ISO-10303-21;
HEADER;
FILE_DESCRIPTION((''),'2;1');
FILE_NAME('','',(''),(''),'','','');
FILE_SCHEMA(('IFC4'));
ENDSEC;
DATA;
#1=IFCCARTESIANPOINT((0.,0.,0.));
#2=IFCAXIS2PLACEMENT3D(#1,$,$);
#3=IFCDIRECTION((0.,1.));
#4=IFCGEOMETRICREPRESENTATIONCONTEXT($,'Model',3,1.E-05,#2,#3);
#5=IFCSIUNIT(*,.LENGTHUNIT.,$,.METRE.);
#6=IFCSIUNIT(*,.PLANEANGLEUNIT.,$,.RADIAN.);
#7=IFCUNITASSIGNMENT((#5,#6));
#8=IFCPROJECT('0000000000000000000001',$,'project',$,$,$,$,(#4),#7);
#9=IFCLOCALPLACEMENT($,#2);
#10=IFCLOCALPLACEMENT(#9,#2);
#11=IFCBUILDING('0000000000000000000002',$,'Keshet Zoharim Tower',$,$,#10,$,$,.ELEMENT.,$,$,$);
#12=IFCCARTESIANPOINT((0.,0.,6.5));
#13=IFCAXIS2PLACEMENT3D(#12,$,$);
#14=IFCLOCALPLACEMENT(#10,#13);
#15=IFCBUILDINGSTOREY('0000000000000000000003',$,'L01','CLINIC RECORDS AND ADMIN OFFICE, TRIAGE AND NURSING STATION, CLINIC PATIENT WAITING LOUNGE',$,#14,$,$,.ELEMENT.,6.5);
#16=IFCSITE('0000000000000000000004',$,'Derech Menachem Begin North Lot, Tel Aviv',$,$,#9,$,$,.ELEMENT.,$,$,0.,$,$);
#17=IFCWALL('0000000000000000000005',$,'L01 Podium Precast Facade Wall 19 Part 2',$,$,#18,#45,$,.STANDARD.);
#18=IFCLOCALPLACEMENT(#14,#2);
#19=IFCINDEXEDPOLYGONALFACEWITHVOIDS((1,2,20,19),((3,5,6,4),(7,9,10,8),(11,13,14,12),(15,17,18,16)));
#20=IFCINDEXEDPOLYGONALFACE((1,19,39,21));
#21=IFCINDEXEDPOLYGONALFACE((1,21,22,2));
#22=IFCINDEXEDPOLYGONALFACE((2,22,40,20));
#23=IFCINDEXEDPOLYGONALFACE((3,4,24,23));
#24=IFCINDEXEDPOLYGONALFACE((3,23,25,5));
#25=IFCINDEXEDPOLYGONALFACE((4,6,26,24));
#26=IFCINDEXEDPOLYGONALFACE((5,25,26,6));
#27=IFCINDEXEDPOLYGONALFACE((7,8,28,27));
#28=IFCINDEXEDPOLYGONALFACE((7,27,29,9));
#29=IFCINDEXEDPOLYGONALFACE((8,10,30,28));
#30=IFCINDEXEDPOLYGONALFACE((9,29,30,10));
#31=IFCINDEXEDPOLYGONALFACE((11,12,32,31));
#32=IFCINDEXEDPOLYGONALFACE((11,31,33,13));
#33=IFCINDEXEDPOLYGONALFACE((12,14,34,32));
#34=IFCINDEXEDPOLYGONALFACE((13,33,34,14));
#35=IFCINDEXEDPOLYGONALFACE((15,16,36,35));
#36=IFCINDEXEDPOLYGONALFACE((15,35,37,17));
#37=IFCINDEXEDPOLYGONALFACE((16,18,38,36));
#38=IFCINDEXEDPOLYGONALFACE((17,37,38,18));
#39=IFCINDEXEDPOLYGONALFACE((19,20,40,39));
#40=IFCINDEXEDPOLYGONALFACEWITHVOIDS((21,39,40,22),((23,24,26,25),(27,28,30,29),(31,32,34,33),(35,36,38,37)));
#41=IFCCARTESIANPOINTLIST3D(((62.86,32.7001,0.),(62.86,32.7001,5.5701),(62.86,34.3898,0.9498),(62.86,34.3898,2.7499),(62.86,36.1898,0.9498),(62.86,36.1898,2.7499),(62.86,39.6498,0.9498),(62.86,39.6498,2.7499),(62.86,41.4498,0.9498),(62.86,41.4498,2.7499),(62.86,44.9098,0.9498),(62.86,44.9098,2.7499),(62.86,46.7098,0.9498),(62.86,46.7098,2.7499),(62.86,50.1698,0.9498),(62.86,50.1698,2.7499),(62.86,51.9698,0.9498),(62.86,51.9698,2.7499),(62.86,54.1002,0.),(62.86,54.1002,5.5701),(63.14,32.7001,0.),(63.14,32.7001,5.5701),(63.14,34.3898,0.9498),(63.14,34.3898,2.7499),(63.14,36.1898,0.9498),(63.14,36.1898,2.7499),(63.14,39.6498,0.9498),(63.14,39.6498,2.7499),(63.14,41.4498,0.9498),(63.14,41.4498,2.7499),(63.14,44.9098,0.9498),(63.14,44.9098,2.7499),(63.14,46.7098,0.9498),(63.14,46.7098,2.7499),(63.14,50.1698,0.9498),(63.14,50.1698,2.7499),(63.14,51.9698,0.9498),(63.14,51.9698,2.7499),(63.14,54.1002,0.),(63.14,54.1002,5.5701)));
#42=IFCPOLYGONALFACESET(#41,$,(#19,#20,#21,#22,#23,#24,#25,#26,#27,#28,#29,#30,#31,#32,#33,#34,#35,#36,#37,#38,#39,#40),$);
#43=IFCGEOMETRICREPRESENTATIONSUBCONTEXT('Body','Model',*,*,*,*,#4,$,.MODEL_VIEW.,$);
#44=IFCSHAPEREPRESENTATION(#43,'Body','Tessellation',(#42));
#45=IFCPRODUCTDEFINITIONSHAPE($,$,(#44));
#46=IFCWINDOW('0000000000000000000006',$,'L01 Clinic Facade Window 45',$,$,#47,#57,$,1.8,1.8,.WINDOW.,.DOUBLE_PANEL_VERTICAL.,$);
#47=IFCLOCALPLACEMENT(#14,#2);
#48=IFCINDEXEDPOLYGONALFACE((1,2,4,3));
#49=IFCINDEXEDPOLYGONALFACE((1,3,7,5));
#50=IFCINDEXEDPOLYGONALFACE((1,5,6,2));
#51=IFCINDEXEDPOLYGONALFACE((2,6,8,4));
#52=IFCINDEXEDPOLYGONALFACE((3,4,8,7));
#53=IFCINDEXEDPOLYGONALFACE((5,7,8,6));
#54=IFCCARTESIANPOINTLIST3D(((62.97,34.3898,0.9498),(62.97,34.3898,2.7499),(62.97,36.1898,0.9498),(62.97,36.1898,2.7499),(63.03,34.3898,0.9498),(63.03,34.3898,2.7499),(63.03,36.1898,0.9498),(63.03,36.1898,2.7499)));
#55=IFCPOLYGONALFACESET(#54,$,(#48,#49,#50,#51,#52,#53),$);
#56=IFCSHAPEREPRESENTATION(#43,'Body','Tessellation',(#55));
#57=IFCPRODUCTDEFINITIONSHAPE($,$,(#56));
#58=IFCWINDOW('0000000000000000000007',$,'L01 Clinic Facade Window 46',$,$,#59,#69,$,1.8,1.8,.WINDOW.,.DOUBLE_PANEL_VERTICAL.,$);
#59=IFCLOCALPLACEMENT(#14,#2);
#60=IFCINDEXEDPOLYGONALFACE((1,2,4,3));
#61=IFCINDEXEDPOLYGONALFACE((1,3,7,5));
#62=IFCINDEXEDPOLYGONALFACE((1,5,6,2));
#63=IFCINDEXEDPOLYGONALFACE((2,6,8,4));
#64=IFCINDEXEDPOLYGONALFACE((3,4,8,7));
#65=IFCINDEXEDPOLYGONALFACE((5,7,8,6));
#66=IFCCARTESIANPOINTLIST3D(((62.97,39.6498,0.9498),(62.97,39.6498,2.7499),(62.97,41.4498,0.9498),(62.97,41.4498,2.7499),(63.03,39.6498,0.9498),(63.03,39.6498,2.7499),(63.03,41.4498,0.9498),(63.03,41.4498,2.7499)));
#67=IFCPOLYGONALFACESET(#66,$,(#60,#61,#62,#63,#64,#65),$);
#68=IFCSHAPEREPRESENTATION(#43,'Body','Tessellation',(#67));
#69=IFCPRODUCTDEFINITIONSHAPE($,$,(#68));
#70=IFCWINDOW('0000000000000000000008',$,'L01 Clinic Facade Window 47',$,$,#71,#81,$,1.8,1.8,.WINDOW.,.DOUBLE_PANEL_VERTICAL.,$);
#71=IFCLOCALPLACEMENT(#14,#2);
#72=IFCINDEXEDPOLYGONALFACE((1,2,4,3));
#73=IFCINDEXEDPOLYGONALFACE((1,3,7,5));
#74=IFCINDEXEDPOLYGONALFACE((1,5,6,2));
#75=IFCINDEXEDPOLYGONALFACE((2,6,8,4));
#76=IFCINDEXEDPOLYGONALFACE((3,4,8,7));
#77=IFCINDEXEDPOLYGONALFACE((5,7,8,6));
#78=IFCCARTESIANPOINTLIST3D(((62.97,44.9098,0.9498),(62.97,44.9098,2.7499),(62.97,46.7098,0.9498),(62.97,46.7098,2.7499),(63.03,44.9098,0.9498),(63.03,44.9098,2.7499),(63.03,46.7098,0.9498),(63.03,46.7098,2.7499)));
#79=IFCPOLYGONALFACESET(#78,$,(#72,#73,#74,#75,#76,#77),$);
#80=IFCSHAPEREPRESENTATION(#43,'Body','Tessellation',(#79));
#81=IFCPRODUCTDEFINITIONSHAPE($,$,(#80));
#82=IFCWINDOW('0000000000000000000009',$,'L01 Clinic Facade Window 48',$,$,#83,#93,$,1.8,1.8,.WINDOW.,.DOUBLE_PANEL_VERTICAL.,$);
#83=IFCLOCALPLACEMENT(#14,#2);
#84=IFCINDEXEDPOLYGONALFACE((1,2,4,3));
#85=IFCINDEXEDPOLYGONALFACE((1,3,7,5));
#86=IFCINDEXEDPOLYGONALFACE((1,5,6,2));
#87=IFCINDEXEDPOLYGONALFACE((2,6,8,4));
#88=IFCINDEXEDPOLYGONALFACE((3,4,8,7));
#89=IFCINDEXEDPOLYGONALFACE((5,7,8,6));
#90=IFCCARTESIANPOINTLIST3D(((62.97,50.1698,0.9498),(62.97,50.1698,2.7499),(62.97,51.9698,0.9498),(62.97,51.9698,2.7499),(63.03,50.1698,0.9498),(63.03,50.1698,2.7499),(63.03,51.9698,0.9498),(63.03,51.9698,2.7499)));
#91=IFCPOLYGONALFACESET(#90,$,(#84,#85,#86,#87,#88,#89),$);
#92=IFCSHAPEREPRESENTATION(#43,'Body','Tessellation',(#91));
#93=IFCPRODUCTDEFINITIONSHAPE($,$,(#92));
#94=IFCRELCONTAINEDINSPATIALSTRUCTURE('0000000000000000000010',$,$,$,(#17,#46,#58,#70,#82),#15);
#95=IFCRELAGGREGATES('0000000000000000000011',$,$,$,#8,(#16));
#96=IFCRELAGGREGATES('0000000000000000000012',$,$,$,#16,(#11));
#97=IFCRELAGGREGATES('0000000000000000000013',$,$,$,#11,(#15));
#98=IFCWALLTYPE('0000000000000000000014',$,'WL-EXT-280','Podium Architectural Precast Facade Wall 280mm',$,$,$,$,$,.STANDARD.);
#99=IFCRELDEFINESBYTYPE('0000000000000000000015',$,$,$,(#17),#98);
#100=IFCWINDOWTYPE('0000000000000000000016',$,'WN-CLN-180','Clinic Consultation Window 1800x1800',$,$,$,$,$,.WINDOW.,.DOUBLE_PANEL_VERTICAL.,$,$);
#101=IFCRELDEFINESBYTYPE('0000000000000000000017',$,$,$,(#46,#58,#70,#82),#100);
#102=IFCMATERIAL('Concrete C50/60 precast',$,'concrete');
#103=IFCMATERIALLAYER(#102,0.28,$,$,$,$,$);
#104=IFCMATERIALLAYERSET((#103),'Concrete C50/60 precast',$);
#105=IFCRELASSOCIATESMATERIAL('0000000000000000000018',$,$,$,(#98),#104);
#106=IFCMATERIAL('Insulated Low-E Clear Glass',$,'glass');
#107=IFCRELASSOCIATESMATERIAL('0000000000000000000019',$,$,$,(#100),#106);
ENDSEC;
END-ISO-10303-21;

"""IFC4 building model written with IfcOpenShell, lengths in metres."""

from ifc_helpers import new_model, si_unit, direction, frame, frame_2d, origin, place, context, subcontext, project, spatial, rectangle, extrude, material, layer, layer_set, type_object, element, fill, save


model = new_model("IFC4")

# Units and contexts
model_context = context("Model", 3, precision=1e-05, world=origin(), true_north=direction((0.0, 1.0)))
body_context = subcontext(model_context, "Body", "Model", "MODEL_VIEW")
ifc_project = project(units=[si_unit("LENGTHUNIT", "METRE"), si_unit("PLANEANGLEUNIT", "RADIAN")], contexts=[model_context])

# Site, building, storey
site_placement = place(None, origin())
site = spatial("IfcSite", under=ifc_project, at=site_placement, Name="Derech Menachem Begin North Lot, Tel Aviv", CompositionType="ELEMENT", RefElevation=0.0)
building_placement = place(site_placement, origin())
building = spatial("IfcBuilding", under=site, at=building_placement, Name="Keshet Zoharim Tower", CompositionType="ELEMENT")
storey_placement = place(building_placement, frame((0.0, 0.0, 6.5)))
storey = spatial("IfcBuildingStorey", under=building, at=storey_placement, Name="L01", Description="CLINIC RECORDS AND ADMIN OFFICE, TRIAGE AND NURSING STATION, CLINIC PATIENT WAITING LOUNGE", CompositionType="ELEMENT", Elevation=6.5)

# Wall, openings, windows
ifc_material_1 = material(Name="Concrete C50/60 precast", Category="concrete")
ifc_layer = layer(ifc_material_1, 0.28)
ifc_layer_set = layer_set([ifc_layer], Name="Concrete C50/60 precast")
wall_type = type_object("IfcWallType", Name="WL-EXT-280", Description="Podium Architectural Precast Facade Wall 280mm", PredefinedType="STANDARD", material=ifc_layer_set)
wall_placement = place(storey_placement, frame((63.0, 32.7, 0.0), z_axis=(0.0, 0.0, 1.0), x_axis=(0.0, 1.0, 0.0)))
wall = element("IfcWall", 1, at=wall_placement, inside=storey, type_object=wall_type, Name="L01 Podium Precast Facade Wall 19 Part 2", PredefinedType="STANDARD", context=body_context, shape_type="SweptSolid", body=[
    extrude(rectangle(XDim=21.4001, YDim=0.28, at=frame_2d((10.7002, 0.0))), origin(), (0.0, 0.0, 1.0), 5.5701),
])
opening_1_placement = place(wall_placement, frame((1.6899, 0.0, 0.95)))
opening_1 = element("IfcOpeningElement", 2, at=opening_1_placement, cuts=wall, PredefinedType="OPENING", context=body_context, shape_type="SweptSolid", body=[
    extrude(rectangle(XDim=1.8, YDim=1.8, at=frame_2d((0.8999, 0.8999))), frame((0.0, 0.1499, 0.0), z_axis=(0.0, -1.0, 0.0), x_axis=(1.0, 0.0, 0.0)), (0.0, 0.0, 1.0), 0.3),
])
opening_2_placement = place(wall_placement, frame((6.95, 0.0, 0.95)))
opening_2 = element("IfcOpeningElement", 3, at=opening_2_placement, cuts=wall, PredefinedType="OPENING", context=body_context, shape_type="SweptSolid", body=[
    extrude(rectangle(XDim=1.8, YDim=1.8, at=frame_2d((0.8999, 0.8999))), frame((0.0, 0.1499, 0.0), z_axis=(0.0, -1.0, 0.0), x_axis=(1.0, 0.0, 0.0)), (0.0, 0.0, 1.0), 0.3),
])
opening_3_placement = place(wall_placement, frame((12.21, 0.0, 0.95)))
opening_3 = element("IfcOpeningElement", 4, at=opening_3_placement, cuts=wall, PredefinedType="OPENING", context=body_context, shape_type="SweptSolid", body=[
    extrude(rectangle(XDim=1.8, YDim=1.8, at=frame_2d((0.8999, 0.8999))), frame((0.0, 0.1499, 0.0), z_axis=(0.0, -1.0, 0.0), x_axis=(1.0, 0.0, 0.0)), (0.0, 0.0, 1.0), 0.3),
])
opening_4_placement = place(wall_placement, frame((17.47, 0.0, 0.95)))
opening_4 = element("IfcOpeningElement", 5, at=opening_4_placement, cuts=wall, PredefinedType="OPENING", context=body_context, shape_type="SweptSolid", body=[
    extrude(rectangle(XDim=1.8, YDim=1.8, at=frame_2d((0.8999, 0.8999))), frame((0.0, 0.1499, 0.0), z_axis=(0.0, -1.0, 0.0), x_axis=(1.0, 0.0, 0.0)), (0.0, 0.0, 1.0), 0.3),
])
ifc_material_2 = material(Name="Insulated Low-E Clear Glass", Category="glass")
window_type = type_object("IfcWindowType", Name="WN-CLN-180", Description="Clinic Consultation Window 1800x1800", PartitioningType="DOUBLE_PANEL_VERTICAL", PredefinedType="WINDOW", material=ifc_material_2)
window_1_placement = place(opening_1_placement, origin())
window_1 = element("IfcWindow", 6, at=window_1_placement, inside=storey, type_object=window_type, Name="L01 Clinic Facade Window 45", OverallHeight=1.8, OverallWidth=1.8, PartitioningType="DOUBLE_PANEL_VERTICAL", PredefinedType="WINDOW", context=body_context, shape_type="SweptSolid", body=[
    extrude(rectangle(XDim=1.8, YDim=1.8, at=frame_2d((0.8999, 0.8999))), frame((0.0, 0.03, 0.0), z_axis=(0.0, -1.0, 0.0), x_axis=(1.0, 0.0, 0.0)), (0.0, 0.0, 1.0), 0.0601),
])
fill(opening_1, window_1)
window_2_placement = place(opening_2_placement, origin())
window_2 = element("IfcWindow", 7, at=window_2_placement, inside=storey, type_object=window_type, Name="L01 Clinic Facade Window 46", OverallHeight=1.8, OverallWidth=1.8, PartitioningType="DOUBLE_PANEL_VERTICAL", PredefinedType="WINDOW", context=body_context, shape_type="SweptSolid", body=[
    extrude(rectangle(XDim=1.8, YDim=1.8, at=frame_2d((0.8999, 0.8999))), frame((0.0, 0.03, 0.0), z_axis=(0.0, -1.0, 0.0), x_axis=(1.0, 0.0, 0.0)), (0.0, 0.0, 1.0), 0.0601),
])
fill(opening_2, window_2)
window_3_placement = place(opening_3_placement, origin())
window_3 = element("IfcWindow", 8, at=window_3_placement, inside=storey, type_object=window_type, Name="L01 Clinic Facade Window 47", OverallHeight=1.8, OverallWidth=1.8, PartitioningType="DOUBLE_PANEL_VERTICAL", PredefinedType="WINDOW", context=body_context, shape_type="SweptSolid", body=[
    extrude(rectangle(XDim=1.8, YDim=1.8, at=frame_2d((0.8999, 0.8999))), frame((0.0, 0.03, 0.0), z_axis=(0.0, -1.0, 0.0), x_axis=(1.0, 0.0, 0.0)), (0.0, 0.0, 1.0), 0.0601),
])
fill(opening_3, window_3)
window_4_placement = place(opening_4_placement, origin())
window_4 = element("IfcWindow", 9, at=window_4_placement, inside=storey, type_object=window_type, Name="L01 Clinic Facade Window 48", OverallHeight=1.8, OverallWidth=1.8, PartitioningType="DOUBLE_PANEL_VERTICAL", PredefinedType="WINDOW", context=body_context, shape_type="SweptSolid", body=[
    extrude(rectangle(XDim=1.8, YDim=1.8, at=frame_2d((0.8999, 0.8999))), frame((0.0, 0.03, 0.0), z_axis=(0.0, -1.0, 0.0), x_axis=(1.0, 0.0, 0.0)), (0.0, 0.0, 1.0), 0.0601),
])
fill(opening_4, window_4)

save(model, "model.ifc")
